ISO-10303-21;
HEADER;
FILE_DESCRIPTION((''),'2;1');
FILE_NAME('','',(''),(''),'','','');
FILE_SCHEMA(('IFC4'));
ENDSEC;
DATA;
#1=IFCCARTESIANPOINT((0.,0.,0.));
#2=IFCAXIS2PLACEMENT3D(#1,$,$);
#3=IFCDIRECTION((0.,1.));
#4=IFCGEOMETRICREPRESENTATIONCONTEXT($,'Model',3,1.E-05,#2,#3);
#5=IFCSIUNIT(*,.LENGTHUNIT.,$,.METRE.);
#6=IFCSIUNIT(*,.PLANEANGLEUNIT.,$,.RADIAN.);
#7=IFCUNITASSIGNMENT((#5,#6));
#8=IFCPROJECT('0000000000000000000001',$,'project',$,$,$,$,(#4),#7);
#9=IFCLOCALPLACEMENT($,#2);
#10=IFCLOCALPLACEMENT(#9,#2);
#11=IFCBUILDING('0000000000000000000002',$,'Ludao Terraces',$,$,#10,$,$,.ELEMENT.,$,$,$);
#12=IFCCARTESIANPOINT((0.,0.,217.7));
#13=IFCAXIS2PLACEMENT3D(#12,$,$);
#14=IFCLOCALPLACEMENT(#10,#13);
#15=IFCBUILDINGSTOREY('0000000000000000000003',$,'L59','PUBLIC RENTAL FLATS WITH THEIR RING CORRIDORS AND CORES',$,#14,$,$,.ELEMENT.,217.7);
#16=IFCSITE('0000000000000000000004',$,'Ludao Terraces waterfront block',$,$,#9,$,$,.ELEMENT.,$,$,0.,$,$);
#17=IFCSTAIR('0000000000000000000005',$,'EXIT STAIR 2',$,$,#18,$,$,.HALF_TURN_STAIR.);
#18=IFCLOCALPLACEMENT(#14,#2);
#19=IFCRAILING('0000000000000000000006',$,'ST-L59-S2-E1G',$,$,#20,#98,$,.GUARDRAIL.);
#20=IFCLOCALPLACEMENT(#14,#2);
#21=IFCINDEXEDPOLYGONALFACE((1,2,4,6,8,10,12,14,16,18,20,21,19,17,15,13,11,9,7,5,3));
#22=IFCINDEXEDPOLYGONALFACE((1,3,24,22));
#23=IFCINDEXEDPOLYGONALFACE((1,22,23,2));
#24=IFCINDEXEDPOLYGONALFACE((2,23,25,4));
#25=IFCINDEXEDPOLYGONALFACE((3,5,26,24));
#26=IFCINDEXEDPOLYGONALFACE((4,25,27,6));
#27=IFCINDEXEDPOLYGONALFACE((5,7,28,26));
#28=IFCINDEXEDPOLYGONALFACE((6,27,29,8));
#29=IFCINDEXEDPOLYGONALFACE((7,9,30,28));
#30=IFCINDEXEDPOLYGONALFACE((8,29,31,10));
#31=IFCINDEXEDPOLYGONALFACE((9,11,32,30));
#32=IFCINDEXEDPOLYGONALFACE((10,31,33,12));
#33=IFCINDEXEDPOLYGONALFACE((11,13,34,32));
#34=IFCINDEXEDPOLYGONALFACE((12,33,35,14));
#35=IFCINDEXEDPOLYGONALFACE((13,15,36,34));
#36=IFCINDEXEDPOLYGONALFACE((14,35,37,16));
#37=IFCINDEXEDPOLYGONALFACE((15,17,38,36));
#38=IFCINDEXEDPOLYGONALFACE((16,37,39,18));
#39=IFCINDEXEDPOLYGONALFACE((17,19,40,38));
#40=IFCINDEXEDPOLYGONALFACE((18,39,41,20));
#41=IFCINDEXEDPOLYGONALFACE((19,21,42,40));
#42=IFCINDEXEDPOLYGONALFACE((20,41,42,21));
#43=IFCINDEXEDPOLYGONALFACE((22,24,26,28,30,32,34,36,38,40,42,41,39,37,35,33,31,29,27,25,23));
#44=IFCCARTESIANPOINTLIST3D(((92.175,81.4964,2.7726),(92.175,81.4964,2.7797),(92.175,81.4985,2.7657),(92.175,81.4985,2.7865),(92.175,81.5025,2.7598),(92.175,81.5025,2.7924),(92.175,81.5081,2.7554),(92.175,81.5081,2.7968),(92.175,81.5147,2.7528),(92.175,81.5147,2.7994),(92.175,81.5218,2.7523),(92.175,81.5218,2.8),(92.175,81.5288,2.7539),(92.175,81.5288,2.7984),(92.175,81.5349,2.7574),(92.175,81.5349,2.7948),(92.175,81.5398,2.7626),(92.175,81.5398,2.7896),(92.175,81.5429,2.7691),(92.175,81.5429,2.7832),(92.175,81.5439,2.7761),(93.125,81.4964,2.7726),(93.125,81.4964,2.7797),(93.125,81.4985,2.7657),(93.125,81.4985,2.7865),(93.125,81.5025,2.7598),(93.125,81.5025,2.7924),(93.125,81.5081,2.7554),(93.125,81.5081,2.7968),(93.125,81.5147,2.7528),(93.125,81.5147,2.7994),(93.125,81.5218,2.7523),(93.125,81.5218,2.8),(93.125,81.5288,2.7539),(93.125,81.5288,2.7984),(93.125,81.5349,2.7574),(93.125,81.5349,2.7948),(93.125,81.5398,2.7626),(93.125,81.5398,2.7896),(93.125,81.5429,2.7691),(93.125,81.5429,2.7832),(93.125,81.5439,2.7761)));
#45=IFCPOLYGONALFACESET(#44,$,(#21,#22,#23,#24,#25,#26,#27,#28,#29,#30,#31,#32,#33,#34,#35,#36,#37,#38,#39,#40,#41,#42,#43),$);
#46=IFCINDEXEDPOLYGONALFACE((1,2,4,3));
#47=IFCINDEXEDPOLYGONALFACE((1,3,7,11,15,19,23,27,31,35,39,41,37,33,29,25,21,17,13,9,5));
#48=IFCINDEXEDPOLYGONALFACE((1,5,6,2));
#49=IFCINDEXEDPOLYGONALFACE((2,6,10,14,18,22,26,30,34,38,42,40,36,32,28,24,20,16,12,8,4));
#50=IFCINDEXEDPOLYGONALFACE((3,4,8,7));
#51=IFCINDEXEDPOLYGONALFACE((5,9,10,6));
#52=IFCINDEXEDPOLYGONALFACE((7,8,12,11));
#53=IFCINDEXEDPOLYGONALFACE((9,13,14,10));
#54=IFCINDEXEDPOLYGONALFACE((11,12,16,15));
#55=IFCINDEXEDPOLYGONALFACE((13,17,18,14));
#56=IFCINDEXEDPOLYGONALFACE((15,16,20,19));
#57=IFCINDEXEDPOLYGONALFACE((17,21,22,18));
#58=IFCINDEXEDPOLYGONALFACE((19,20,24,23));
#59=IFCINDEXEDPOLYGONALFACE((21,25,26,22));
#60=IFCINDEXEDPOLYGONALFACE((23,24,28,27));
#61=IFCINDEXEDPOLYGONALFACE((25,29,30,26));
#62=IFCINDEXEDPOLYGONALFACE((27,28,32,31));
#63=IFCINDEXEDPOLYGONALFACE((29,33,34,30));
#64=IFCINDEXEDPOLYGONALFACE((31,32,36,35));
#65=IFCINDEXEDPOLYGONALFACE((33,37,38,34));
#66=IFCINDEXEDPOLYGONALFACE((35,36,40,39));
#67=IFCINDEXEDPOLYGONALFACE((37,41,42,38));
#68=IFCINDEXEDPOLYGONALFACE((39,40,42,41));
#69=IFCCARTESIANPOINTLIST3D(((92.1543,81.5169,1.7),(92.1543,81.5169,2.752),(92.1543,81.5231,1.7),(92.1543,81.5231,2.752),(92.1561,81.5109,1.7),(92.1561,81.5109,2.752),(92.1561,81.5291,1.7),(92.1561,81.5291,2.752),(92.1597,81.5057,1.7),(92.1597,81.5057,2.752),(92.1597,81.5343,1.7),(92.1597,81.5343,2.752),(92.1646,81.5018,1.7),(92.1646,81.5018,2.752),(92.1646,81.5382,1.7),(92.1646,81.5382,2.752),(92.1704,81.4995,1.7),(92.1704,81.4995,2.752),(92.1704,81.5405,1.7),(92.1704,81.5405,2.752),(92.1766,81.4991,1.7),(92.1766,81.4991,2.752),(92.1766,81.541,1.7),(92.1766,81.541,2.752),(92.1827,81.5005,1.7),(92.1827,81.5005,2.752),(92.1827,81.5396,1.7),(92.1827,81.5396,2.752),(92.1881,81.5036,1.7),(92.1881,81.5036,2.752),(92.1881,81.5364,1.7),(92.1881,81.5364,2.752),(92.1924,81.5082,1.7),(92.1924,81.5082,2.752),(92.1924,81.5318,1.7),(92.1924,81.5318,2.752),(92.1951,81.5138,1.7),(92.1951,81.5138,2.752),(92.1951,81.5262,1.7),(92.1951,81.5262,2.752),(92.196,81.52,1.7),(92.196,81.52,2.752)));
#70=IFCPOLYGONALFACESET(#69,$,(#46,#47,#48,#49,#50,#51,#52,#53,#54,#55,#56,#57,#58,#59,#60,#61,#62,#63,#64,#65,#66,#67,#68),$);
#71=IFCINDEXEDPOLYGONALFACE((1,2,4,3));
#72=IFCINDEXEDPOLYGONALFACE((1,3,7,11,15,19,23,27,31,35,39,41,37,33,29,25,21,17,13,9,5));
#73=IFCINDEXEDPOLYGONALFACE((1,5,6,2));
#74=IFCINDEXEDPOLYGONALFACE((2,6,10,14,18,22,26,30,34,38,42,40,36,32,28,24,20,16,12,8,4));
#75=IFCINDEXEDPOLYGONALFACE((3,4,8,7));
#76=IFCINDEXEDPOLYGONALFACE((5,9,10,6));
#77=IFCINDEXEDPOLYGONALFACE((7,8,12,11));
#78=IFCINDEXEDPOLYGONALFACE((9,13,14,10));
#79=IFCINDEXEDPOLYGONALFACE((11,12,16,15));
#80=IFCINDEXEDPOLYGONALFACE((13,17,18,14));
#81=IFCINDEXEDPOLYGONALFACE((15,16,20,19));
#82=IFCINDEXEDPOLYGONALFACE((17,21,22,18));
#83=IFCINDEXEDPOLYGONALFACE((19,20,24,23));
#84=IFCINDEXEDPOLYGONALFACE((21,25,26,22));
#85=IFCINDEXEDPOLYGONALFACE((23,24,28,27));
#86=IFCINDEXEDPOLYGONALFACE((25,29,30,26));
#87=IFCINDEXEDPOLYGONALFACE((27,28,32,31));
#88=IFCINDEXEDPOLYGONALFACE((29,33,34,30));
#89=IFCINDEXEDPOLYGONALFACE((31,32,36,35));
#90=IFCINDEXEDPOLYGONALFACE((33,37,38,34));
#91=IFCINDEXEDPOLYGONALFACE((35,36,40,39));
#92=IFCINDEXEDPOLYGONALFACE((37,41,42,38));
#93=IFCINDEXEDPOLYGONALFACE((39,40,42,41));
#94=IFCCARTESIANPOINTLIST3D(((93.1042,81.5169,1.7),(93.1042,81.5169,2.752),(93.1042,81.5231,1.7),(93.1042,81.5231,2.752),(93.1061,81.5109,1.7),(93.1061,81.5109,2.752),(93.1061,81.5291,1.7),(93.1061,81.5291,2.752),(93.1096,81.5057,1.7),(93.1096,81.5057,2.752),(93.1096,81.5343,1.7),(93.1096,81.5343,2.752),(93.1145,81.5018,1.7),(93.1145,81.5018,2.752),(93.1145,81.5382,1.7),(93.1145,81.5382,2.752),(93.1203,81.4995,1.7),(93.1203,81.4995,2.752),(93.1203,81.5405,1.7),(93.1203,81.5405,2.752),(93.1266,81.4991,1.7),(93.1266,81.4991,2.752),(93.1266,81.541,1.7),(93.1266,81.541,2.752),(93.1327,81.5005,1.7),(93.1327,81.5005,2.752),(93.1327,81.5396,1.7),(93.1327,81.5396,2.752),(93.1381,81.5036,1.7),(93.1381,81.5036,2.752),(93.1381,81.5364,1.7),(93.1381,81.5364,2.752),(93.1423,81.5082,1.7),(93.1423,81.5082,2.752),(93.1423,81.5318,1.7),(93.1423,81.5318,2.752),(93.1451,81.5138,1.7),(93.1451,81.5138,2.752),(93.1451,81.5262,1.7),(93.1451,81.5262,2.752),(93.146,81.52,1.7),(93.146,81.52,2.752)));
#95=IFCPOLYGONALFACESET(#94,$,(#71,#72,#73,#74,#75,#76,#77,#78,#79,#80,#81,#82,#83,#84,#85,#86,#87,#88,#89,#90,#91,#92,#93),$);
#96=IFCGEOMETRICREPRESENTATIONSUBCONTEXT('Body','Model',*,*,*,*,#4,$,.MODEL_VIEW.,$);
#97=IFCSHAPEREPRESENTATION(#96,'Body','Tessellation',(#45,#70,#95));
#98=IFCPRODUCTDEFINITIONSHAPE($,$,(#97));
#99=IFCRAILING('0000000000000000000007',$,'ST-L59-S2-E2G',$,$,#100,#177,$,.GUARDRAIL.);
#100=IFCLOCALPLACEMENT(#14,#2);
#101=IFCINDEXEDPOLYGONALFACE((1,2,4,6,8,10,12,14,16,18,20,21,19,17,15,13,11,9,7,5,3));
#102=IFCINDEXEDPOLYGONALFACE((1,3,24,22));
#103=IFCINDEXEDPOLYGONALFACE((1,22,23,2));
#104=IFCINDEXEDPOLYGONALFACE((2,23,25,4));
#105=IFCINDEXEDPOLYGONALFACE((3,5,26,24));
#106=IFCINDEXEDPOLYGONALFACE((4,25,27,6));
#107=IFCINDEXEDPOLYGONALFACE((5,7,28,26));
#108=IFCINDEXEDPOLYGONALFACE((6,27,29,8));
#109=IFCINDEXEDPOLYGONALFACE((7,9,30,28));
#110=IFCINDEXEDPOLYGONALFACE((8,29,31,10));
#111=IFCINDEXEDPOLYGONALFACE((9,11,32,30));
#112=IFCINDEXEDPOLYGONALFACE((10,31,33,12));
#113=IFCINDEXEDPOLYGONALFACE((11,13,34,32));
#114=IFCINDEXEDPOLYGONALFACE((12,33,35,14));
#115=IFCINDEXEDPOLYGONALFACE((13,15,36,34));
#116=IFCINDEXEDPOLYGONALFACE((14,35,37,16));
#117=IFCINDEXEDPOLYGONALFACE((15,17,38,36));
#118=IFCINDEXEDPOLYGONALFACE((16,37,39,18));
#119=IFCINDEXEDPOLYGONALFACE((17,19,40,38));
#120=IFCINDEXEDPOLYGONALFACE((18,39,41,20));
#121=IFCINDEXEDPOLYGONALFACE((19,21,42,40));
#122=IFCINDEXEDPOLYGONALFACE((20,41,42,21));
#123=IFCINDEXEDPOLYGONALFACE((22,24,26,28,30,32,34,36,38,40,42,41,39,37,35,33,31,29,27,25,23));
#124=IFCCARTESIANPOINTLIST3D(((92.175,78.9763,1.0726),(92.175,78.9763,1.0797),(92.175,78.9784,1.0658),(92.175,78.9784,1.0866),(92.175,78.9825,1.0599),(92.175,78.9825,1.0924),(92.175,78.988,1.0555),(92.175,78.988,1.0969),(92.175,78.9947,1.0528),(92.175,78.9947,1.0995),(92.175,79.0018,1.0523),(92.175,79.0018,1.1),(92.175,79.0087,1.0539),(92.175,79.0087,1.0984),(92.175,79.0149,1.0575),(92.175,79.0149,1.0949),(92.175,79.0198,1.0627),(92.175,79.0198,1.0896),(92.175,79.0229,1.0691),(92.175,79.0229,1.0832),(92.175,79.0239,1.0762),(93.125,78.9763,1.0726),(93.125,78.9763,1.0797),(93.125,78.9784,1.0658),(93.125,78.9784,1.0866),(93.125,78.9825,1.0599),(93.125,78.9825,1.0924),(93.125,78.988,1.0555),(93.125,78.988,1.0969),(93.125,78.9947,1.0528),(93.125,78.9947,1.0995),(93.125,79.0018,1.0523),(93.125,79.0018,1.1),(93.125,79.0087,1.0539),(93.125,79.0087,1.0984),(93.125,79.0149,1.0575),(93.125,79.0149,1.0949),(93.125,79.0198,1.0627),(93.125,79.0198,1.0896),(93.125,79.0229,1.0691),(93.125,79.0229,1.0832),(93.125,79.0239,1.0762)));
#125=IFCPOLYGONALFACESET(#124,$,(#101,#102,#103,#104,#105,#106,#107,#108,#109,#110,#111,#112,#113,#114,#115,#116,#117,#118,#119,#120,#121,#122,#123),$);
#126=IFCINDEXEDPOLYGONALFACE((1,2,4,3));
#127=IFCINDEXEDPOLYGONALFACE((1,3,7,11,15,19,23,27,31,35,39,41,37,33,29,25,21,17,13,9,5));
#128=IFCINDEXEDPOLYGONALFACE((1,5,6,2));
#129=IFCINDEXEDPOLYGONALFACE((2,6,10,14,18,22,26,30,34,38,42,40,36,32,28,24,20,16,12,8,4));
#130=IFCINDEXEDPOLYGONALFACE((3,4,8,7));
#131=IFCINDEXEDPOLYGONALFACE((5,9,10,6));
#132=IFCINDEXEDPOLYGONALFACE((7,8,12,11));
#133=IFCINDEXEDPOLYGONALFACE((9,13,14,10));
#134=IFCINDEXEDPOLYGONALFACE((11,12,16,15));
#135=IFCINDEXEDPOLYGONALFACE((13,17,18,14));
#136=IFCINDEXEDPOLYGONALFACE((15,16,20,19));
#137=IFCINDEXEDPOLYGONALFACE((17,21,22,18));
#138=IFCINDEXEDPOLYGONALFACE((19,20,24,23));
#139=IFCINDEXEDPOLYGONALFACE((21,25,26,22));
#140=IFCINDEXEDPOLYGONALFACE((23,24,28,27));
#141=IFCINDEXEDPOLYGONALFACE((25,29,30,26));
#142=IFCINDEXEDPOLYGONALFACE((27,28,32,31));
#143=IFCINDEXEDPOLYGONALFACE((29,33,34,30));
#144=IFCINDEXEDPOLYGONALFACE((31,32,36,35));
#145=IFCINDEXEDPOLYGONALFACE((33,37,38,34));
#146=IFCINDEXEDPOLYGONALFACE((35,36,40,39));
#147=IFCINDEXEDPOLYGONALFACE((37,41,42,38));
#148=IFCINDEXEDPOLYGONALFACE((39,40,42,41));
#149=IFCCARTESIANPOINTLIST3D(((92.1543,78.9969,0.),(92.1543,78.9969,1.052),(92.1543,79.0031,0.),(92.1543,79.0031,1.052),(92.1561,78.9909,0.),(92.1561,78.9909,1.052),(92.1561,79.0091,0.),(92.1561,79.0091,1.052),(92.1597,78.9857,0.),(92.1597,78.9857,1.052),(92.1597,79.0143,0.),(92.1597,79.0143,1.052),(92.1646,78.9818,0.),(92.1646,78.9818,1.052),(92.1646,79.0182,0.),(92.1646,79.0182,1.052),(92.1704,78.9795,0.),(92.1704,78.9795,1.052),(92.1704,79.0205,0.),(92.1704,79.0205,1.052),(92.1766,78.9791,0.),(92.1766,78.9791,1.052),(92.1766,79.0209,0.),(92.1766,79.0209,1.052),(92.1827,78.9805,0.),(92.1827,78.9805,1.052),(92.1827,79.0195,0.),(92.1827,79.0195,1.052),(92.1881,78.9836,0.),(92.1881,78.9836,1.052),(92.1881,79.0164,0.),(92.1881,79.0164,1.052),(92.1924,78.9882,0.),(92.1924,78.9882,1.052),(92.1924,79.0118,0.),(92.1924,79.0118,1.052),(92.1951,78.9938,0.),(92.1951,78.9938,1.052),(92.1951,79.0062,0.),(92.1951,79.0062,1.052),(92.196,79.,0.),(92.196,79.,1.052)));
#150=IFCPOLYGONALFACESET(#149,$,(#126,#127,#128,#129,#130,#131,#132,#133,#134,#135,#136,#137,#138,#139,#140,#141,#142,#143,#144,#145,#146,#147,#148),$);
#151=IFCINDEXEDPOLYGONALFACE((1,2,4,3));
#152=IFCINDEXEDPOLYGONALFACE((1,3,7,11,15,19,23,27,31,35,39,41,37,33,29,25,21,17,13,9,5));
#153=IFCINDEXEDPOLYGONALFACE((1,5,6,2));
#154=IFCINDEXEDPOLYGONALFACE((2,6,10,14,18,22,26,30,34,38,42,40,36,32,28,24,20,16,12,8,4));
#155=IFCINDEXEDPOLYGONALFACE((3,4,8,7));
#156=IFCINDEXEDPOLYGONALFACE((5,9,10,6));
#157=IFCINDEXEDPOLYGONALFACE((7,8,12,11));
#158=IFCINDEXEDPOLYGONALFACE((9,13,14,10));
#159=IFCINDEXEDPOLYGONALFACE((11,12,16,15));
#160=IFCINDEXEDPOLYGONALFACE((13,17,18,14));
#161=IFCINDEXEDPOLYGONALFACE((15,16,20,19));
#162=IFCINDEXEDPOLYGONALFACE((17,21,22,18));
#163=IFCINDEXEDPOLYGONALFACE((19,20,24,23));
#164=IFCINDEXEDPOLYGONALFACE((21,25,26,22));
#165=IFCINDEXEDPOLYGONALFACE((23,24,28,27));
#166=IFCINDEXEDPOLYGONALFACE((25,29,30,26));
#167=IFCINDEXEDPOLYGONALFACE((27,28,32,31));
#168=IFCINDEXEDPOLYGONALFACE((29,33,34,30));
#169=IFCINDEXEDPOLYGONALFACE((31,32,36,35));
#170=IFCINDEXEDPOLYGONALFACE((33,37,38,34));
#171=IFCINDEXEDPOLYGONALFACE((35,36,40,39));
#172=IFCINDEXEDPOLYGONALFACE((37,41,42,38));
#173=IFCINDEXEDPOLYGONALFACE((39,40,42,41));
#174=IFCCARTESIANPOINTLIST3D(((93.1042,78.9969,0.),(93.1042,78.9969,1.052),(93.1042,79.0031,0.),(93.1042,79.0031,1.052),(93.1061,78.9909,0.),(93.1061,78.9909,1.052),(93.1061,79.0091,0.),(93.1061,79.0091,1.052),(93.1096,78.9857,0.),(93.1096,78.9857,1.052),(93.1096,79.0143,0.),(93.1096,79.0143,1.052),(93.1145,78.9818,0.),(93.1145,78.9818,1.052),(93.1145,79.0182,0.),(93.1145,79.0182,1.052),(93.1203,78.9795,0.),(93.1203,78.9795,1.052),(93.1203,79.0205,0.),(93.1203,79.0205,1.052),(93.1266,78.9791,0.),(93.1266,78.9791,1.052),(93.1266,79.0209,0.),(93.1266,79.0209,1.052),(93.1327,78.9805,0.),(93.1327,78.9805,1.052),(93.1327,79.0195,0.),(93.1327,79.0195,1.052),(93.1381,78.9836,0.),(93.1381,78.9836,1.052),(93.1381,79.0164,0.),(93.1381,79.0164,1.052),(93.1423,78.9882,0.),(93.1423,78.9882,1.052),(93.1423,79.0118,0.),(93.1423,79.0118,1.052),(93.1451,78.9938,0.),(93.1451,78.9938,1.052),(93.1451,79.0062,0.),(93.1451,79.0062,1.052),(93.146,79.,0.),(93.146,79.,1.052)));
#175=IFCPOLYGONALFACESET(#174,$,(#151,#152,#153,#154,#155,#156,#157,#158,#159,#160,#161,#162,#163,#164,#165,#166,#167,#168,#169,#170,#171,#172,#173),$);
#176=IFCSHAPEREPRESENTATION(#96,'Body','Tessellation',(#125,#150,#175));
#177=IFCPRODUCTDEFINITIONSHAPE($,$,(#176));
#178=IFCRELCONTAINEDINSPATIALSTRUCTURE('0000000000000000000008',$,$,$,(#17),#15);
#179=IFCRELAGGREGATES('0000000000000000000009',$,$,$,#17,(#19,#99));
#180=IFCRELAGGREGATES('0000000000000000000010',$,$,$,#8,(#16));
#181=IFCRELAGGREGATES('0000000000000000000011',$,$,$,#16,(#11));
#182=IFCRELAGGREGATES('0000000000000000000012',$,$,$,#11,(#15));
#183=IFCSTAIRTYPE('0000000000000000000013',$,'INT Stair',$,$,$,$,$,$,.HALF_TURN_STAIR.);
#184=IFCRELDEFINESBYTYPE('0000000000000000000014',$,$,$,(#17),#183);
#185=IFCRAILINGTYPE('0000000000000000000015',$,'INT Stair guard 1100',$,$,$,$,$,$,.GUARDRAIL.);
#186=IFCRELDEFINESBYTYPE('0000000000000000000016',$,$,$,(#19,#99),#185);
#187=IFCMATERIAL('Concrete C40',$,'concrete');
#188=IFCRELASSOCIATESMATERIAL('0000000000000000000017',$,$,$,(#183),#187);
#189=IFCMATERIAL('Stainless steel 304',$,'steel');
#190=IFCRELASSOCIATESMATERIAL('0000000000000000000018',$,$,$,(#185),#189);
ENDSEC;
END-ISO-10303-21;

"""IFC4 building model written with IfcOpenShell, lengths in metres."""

from ifc_helpers import new_model, si_unit, direction, frame, origin, origin_2d, place, context, subcontext, project, spatial, circle, extrude, material, type_object, element, aggregate, save


model = new_model("IFC4")

# Units and contexts
model_context = context("Model", 3, precision=1e-05, world=origin(), true_north=direction((0.0, 1.0)))
body_context = subcontext(model_context, "Body", "Model", "MODEL_VIEW")
ifc_project = project(units=[si_unit("LENGTHUNIT", "METRE"), si_unit("PLANEANGLEUNIT", "RADIAN")], contexts=[model_context])

# Site, building, storey
site_placement = place(None, origin())
site = spatial("IfcSite", under=ifc_project, at=site_placement, Name="Ludao Terraces waterfront block", CompositionType="ELEMENT", RefElevation=0.0)
building_placement = place(site_placement, origin())
building = spatial("IfcBuilding", under=site, at=building_placement, Name="Ludao Terraces", CompositionType="ELEMENT")
storey_placement = place(building_placement, frame((0.0, 0.0, 217.7)))
storey = spatial("IfcBuildingStorey", under=building, at=storey_placement, Name="L59", Description="PUBLIC RENTAL FLATS WITH THEIR RING CORRIDORS AND CORES", CompositionType="ELEMENT", Elevation=217.7)

# Shared definitions
ifc_material_1 = material(Name="Stainless steel 304", Category="steel")

# Stair, railings
ifc_material_2 = material(Name="Concrete C40", Category="concrete")
stair_type = type_object("IfcStairType", Name="INT Stair", PredefinedType="HALF_TURN_STAIR", material=ifc_material_2)
stair_placement = place(storey_placement, origin())
stair = element("IfcStair", 1, at=stair_placement, inside=storey, type_object=stair_type, Name="EXIT STAIR 2", PredefinedType="HALF_TURN_STAIR")
railing_type_1 = type_object("IfcRailingType", Name="INT Stair guard 1100", PredefinedType="GUARDRAIL", material=ifc_material_1)
railing_1_placement = place(storey_placement, frame((92.175, 81.52, 1.7)))
railing_1 = element("IfcRailing", 2, at=railing_1_placement, type_object=railing_type_1, Name="ST-L59-S2-E1G", PredefinedType="GUARDRAIL", context=body_context, shape_type="SweptSolid", body=[
    extrude(circle(Radius=0.0239, at=origin_2d()), frame((0.0, 0.0, 1.0762), z_axis=(1.0, 0.0, 0.0), x_axis=(0.0, 1.0, 0.0)), (0.0, 0.0, 1.0), 0.95),
    extrude(circle(Radius=0.021, at=origin_2d()), origin(), (0.0, 0.0, 1.0), 1.052),
    extrude(circle(Radius=0.021, at=origin_2d()), frame((0.95, 0.0, 0.0)), (0.0, 0.0, 1.0), 1.052),
])
railing_2_placement = place(storey_placement, frame((92.175, 79.0, 0.0)))
railing_2 = element("IfcRailing", 3, at=railing_2_placement, type_object=railing_type_1, Name="ST-L59-S2-E2G", PredefinedType="GUARDRAIL", context=body_context, shape_type="SweptSolid", body=[
    extrude(circle(Radius=0.0239, at=origin_2d()), frame((0.0, 0.0, 1.0762), z_axis=(1.0, 0.0, 0.0), x_axis=(0.0, 1.0, 0.0)), (0.0, 0.0, 1.0), 0.95),
    extrude(circle(Radius=0.021, at=origin_2d()), origin(), (0.0, 0.0, 1.0), 1.052),
    extrude(circle(Radius=0.021, at=origin_2d()), frame((0.95, 0.0, 0.0)), (0.0, 0.0, 1.0), 1.052),
])
aggregate(stair, [railing_1, railing_2])

save(model, "model.ifc")
